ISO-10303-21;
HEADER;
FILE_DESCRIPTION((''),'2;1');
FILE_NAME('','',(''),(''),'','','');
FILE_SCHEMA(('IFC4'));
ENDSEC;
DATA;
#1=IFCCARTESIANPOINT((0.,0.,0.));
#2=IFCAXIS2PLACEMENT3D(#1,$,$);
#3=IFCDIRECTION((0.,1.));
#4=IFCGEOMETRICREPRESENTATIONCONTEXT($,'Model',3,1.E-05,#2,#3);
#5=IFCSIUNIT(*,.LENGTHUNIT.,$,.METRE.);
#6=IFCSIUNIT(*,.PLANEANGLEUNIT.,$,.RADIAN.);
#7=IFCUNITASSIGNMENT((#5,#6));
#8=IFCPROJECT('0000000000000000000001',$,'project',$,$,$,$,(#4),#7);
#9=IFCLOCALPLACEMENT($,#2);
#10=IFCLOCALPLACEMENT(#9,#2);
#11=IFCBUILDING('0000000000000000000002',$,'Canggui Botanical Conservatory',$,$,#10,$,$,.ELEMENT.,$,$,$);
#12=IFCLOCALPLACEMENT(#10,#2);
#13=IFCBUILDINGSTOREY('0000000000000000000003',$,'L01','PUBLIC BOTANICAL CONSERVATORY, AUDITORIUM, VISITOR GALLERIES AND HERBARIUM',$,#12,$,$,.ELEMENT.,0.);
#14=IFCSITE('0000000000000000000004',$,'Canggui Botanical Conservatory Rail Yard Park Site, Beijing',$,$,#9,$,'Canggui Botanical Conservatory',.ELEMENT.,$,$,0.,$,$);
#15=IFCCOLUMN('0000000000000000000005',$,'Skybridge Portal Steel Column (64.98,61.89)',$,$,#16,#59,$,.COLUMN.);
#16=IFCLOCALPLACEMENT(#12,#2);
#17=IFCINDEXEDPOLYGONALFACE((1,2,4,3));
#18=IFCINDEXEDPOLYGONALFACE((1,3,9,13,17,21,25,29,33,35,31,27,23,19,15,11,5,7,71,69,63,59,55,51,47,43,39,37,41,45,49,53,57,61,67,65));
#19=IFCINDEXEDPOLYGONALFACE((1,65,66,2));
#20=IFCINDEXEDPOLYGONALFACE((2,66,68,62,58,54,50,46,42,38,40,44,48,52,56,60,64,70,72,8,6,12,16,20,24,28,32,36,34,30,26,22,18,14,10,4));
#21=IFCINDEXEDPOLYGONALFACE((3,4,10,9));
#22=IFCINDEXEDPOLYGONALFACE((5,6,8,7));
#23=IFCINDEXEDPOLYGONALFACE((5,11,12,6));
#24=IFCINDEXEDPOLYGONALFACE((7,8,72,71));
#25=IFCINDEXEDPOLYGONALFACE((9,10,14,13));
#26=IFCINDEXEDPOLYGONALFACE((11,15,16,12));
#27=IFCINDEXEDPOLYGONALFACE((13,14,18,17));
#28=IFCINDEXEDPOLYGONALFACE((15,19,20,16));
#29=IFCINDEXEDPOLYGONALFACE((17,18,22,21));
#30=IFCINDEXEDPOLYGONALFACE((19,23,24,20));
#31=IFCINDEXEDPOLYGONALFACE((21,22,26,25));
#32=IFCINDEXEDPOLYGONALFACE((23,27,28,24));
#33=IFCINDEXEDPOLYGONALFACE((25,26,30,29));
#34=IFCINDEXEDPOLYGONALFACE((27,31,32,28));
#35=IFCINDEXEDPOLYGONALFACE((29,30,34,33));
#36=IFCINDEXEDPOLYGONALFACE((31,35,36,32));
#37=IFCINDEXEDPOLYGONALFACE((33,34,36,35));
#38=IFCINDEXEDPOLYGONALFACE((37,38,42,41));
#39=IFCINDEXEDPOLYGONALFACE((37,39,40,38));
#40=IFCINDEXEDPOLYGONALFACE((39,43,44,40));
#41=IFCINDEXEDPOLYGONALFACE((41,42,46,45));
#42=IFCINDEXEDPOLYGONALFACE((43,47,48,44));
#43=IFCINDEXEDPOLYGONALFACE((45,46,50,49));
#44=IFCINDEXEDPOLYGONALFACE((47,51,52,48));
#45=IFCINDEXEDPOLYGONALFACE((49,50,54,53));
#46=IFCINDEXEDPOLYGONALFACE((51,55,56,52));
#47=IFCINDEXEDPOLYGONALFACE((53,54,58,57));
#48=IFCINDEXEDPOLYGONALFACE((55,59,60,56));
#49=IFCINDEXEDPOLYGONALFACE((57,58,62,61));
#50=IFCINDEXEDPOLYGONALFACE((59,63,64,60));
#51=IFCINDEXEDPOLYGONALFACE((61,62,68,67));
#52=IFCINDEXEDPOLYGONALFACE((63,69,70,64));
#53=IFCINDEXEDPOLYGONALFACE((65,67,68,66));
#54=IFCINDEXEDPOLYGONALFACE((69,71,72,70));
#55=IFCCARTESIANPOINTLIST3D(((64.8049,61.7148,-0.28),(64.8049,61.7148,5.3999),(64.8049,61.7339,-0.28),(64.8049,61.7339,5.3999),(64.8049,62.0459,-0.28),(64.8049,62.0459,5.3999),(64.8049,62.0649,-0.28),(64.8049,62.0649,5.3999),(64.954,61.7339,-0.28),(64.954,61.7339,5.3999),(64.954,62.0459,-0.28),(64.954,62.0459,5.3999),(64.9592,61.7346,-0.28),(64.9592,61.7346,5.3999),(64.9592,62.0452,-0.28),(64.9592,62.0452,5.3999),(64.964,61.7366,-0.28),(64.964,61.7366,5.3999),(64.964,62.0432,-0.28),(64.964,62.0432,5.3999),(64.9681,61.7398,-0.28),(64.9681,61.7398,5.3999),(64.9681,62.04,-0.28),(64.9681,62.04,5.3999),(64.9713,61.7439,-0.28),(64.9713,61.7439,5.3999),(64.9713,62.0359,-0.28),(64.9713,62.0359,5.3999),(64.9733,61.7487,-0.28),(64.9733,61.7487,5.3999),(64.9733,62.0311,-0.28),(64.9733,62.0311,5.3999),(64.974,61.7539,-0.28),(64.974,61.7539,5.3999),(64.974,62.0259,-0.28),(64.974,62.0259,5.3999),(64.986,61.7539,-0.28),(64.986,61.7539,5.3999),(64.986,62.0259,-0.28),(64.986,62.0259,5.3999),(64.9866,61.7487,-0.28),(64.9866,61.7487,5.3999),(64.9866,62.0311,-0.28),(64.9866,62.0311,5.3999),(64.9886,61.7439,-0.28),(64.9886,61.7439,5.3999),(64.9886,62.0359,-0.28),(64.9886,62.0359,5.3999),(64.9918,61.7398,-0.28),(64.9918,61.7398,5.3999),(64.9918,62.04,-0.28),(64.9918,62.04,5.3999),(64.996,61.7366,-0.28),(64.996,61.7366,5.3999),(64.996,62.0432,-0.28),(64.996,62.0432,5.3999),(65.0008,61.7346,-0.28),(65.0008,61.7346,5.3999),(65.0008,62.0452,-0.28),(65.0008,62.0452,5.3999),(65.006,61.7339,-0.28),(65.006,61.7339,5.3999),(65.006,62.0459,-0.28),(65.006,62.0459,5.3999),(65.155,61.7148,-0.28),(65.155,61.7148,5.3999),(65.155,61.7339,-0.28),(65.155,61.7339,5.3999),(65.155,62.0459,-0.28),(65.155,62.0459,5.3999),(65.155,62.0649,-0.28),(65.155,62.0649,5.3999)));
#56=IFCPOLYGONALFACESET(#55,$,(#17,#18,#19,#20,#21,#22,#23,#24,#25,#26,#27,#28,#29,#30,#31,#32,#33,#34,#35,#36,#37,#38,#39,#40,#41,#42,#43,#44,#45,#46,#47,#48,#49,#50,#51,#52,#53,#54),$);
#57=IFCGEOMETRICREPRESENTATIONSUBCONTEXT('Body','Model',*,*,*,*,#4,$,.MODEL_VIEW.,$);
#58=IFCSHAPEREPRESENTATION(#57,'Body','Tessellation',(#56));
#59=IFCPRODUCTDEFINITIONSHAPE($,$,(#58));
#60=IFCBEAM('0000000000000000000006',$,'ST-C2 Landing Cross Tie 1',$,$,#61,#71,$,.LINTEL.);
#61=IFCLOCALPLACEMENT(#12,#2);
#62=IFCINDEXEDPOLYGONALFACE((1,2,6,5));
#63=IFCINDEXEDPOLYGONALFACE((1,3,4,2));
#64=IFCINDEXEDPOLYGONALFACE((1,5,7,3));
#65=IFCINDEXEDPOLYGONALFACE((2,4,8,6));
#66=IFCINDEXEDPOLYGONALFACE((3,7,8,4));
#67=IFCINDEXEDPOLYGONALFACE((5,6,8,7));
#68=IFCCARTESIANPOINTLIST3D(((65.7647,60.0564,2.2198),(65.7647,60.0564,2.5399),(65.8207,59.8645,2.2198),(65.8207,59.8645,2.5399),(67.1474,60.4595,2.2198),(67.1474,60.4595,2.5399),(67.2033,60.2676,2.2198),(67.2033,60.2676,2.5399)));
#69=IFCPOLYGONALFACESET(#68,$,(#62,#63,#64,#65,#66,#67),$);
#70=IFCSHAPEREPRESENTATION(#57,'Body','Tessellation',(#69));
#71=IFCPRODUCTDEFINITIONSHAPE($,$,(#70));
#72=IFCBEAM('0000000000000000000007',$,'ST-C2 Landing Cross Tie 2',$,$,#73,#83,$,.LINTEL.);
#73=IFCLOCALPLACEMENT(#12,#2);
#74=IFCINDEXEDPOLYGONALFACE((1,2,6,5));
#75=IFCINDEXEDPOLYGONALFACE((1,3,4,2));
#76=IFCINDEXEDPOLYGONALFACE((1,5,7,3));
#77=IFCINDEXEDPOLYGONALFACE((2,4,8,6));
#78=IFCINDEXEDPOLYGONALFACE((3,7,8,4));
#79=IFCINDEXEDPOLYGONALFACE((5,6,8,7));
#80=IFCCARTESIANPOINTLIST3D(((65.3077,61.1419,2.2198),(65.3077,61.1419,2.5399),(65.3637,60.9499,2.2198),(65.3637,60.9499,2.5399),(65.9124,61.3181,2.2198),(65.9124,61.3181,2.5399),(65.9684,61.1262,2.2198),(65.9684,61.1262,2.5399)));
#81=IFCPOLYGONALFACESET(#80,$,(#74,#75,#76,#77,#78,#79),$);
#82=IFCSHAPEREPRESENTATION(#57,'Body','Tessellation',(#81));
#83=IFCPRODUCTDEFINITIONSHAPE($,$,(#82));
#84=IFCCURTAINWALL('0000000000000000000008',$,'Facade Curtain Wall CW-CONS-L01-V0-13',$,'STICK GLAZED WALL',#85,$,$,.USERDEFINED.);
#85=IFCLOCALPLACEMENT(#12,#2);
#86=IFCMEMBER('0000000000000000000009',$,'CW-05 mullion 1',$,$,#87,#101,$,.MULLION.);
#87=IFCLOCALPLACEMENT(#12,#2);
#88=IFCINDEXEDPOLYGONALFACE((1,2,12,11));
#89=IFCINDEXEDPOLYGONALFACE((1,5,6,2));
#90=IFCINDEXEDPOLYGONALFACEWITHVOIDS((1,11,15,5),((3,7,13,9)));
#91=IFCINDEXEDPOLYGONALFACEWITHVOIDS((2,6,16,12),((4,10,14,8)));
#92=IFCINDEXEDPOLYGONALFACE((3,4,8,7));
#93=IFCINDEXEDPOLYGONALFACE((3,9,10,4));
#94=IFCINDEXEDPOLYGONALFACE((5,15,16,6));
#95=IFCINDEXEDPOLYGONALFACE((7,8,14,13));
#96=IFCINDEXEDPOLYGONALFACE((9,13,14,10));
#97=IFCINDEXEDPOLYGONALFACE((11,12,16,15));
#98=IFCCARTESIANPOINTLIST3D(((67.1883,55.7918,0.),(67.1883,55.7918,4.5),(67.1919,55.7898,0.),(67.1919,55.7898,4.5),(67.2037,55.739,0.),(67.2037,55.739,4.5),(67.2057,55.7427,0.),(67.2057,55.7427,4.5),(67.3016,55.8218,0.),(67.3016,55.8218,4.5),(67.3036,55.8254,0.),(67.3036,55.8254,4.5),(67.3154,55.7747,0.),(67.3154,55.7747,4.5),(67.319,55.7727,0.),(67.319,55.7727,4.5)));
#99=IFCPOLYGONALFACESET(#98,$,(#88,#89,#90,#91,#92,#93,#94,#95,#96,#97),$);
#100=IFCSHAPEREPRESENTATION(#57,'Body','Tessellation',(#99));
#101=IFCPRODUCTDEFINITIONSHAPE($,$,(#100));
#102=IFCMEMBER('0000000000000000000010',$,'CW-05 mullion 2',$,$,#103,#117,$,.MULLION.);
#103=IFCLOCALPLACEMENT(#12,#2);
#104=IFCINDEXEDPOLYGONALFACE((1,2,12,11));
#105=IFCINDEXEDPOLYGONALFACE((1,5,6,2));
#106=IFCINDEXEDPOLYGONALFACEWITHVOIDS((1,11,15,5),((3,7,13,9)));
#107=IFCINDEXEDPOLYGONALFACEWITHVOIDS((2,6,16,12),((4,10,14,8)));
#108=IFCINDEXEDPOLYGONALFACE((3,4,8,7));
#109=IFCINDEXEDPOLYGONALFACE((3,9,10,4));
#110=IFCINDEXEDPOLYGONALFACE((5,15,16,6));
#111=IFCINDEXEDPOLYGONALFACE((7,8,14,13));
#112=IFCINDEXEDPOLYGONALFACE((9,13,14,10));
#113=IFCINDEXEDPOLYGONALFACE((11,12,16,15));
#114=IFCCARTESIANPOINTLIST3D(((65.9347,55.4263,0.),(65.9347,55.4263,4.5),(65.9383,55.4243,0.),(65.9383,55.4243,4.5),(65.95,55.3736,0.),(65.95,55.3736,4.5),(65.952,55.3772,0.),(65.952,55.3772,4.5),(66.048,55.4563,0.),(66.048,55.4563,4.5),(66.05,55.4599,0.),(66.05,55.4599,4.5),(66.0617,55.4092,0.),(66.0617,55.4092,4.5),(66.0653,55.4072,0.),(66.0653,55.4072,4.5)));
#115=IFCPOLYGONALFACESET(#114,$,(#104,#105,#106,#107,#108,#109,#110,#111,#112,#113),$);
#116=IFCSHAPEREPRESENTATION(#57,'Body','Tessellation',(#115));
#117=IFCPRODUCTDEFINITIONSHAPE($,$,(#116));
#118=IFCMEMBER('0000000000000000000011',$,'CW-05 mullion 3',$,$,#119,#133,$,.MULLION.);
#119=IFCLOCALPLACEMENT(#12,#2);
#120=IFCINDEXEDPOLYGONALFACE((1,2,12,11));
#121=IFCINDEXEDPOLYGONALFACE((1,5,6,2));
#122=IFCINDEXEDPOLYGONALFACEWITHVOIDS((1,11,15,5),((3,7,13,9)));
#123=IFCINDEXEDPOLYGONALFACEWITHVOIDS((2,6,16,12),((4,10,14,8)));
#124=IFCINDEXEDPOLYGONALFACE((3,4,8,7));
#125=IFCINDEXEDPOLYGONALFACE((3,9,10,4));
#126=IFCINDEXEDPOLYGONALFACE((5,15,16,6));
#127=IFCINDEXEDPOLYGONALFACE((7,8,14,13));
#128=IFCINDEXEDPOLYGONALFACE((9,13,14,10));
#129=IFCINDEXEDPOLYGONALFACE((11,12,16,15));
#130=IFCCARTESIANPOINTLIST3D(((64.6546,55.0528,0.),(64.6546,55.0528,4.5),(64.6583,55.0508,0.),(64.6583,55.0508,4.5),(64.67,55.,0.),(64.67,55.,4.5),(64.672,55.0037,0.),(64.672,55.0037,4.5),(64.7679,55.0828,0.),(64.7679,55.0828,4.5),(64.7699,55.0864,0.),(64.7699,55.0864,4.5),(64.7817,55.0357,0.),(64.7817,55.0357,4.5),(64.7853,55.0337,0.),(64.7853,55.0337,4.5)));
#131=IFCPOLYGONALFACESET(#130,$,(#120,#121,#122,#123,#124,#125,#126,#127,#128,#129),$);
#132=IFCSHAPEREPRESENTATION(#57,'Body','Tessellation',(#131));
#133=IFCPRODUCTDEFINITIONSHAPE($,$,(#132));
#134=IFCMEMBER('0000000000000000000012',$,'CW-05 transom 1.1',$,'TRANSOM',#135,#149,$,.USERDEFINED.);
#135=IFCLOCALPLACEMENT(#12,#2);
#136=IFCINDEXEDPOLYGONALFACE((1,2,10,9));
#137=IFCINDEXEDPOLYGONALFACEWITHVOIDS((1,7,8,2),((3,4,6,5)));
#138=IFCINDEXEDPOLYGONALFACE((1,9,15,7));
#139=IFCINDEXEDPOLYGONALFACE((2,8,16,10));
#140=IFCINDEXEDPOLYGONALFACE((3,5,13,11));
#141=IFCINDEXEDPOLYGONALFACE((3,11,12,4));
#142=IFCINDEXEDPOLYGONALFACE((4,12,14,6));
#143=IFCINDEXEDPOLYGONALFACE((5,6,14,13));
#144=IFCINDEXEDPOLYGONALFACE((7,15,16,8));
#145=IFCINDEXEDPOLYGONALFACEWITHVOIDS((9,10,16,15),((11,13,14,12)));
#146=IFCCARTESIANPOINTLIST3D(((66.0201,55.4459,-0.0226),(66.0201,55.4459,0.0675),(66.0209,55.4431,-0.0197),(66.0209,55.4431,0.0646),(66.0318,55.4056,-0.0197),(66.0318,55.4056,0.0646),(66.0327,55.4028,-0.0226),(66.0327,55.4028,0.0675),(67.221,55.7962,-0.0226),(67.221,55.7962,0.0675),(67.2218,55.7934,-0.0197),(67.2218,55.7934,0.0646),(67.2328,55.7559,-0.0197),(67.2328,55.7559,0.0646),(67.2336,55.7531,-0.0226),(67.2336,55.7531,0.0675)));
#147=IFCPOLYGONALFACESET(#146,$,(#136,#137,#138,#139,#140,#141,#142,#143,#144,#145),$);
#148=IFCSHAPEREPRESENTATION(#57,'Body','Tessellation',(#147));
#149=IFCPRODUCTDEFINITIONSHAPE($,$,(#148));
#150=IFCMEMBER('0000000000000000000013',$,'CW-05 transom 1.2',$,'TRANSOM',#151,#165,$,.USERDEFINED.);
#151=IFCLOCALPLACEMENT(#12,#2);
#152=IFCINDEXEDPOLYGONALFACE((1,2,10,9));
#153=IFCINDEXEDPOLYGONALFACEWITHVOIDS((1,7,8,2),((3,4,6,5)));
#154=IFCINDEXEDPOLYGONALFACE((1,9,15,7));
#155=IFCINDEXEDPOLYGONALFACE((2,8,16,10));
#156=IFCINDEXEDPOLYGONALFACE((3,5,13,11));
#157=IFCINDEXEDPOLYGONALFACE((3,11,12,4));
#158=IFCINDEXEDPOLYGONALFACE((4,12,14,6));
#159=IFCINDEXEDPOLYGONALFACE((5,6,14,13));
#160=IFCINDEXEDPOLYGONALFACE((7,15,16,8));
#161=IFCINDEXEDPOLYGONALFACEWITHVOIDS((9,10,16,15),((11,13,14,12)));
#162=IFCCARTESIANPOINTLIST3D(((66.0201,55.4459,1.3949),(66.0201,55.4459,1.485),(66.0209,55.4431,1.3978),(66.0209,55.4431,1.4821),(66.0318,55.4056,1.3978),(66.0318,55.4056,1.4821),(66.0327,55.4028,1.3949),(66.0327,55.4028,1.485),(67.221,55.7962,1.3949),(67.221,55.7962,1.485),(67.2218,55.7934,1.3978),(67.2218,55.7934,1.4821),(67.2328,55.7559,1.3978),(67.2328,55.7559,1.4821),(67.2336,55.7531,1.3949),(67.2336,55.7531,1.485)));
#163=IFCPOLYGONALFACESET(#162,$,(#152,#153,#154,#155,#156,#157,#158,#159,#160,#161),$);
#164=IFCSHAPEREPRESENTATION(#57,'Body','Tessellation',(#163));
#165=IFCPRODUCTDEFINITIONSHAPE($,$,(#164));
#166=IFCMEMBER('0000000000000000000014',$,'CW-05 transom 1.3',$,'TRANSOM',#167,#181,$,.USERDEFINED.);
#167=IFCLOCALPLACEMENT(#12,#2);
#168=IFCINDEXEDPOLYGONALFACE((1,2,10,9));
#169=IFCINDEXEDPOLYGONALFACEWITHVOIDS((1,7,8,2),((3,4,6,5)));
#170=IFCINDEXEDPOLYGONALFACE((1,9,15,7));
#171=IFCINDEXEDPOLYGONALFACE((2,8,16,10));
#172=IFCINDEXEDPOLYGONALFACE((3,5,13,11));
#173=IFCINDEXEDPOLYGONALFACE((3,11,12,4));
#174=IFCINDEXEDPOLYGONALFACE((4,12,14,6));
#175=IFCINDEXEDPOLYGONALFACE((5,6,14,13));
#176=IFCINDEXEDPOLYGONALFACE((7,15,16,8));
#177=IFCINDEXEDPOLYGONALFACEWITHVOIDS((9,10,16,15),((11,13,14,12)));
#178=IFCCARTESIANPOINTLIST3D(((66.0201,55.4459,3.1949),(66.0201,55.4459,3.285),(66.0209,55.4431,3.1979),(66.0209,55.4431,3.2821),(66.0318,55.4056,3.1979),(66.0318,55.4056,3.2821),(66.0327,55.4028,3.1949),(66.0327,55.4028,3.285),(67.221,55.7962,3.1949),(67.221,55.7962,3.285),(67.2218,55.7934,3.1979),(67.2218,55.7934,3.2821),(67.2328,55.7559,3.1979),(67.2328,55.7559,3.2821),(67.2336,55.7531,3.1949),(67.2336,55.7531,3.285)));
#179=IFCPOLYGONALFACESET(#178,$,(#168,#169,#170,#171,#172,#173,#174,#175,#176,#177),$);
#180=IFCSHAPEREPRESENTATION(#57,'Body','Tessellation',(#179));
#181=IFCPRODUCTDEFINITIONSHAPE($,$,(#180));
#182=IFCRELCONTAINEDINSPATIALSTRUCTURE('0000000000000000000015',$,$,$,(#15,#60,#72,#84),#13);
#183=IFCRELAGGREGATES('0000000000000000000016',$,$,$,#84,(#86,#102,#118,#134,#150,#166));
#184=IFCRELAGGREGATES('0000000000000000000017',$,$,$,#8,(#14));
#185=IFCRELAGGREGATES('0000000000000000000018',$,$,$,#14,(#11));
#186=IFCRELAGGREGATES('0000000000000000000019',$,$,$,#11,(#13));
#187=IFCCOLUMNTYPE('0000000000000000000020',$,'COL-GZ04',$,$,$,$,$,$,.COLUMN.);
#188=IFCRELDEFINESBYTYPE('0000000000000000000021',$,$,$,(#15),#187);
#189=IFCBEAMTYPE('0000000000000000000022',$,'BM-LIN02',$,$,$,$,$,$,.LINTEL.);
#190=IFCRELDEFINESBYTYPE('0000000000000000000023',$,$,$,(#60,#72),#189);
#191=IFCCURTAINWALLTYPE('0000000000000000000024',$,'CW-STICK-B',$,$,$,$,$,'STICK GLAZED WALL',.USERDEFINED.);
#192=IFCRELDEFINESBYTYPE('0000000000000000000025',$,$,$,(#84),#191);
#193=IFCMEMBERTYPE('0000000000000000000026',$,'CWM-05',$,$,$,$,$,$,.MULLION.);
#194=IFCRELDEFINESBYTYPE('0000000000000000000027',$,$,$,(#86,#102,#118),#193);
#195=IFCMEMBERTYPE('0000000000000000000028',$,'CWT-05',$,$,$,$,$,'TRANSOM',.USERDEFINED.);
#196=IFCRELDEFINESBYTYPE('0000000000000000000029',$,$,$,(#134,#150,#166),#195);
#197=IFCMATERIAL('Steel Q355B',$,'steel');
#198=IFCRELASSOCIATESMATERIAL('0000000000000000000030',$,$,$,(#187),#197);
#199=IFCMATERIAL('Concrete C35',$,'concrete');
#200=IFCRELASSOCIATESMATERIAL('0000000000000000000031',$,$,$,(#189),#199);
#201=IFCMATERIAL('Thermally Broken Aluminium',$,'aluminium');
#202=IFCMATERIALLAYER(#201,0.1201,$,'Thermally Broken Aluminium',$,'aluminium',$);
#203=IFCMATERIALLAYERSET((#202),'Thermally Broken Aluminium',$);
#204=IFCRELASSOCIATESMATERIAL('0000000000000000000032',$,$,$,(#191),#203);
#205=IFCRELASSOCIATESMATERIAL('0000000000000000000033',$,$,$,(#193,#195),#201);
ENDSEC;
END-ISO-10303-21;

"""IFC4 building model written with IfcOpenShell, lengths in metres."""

from ifc_helpers import new_model, si_unit, direction, frame, origin, origin_2d, place, context, subcontext, project, spatial, rectangle, hollow_rectangle, i_section, extrude, material, layer, layer_set, material_profile, profile_set, type_object, element, aggregate, save


model = new_model("IFC4")

# Units and contexts
model_context = context("Model", 3, precision=1e-05, world=origin(), true_north=direction((0.0, 1.0)))
body_context = subcontext(model_context, "Body", "Model", "MODEL_VIEW")
ifc_project = project(units=[si_unit("LENGTHUNIT", "METRE"), si_unit("PLANEANGLEUNIT", "RADIAN")], contexts=[model_context])

# Site, building, storey
site_placement = place(None, origin())
site = spatial("IfcSite", under=ifc_project, at=site_placement, Name="Canggui Botanical Conservatory Rail Yard Park Site, Beijing", LongName="Canggui Botanical Conservatory", CompositionType="ELEMENT", RefElevation=0.0)
building_placement = place(site_placement, origin())
building = spatial("IfcBuilding", under=site, at=building_placement, Name="Canggui Botanical Conservatory", CompositionType="ELEMENT")
storey_placement = place(building_placement, origin())
storey = spatial("IfcBuildingStorey", under=building, at=storey_placement, Name="L01", Description="PUBLIC BOTANICAL CONSERVATORY, AUDITORIUM, VISITOR GALLERIES AND HERBARIUM", CompositionType="ELEMENT", Elevation=0.0)

# Shared definitions
ifc_material_1 = material(Name="Concrete C35", Category="concrete")

# Column
ifc_material_2 = material(Name="Steel Q355B", Category="steel")
ifc_material_profile_1 = material_profile(ifc_material_2, i_section(OverallWidth=0.3501, OverallDepth=0.3501, WebThickness=0.012, FlangeThickness=0.019, FilletRadius=0.02, at=origin_2d()), Name="HW 350x350x12x19")
ifc_profile_set_1 = profile_set([ifc_material_profile_1], Name="Steel Q355B")
column_type = type_object("IfcColumnType", Name="COL-GZ04", PredefinedType="COLUMN", material=ifc_profile_set_1)
column_placement = place(storey_placement, frame((64.98, 61.8899, -0.28), z_axis=(0.0, 0.0, 1.0), x_axis=(1.0, 0.0, 0.0)))
element("IfcColumn", 1, at=column_placement, inside=storey, type_object=column_type, Name="Skybridge Portal Steel Column (64.98,61.89)", PredefinedType="COLUMN", context=body_context, shape_type="SweptSolid", body=[
    extrude(i_section(OverallWidth=0.3501, OverallDepth=0.3501, WebThickness=0.012, FlangeThickness=0.019, FilletRadius=0.02, at=origin_2d()), origin(), (0.0, 0.0, 1.0), 5.6799),
])

# Beams
ifc_material_profile_2 = material_profile(ifc_material_1, rectangle(XDim=0.2, YDim=0.3201, at=origin_2d()), Name="RB 200x320")
ifc_profile_set_2 = profile_set([ifc_material_profile_2], Name="Concrete C35")
beam_type = type_object("IfcBeamType", Name="BM-LIN02", PredefinedType="LINTEL", material=ifc_profile_set_2)
beam_1_placement = place(storey_placement, frame((65.7927, 59.9604, 2.3799), z_axis=(0.960032, 0.279889, 0.0), x_axis=(-0.279889, 0.960032, 0.0)))
element("IfcBeam", 2, at=beam_1_placement, inside=storey, type_object=beam_type, Name="ST-C2 Landing Cross Tie 1", PredefinedType="LINTEL", context=body_context, shape_type="SweptSolid", body=[
    extrude(rectangle(XDim=0.2, YDim=0.3201, at=origin_2d()), origin(), (0.0, 0.0, 1.0), 1.4402),
])
beam_2_placement = place(storey_placement, frame((65.3357, 61.0459, 2.3799), z_axis=(0.960048, 0.279836, 0.0), x_axis=(-0.279836, 0.960048, 0.0)))
element("IfcBeam", 3, at=beam_2_placement, inside=storey, type_object=beam_type, Name="ST-C2 Landing Cross Tie 2", PredefinedType="LINTEL", context=body_context, shape_type="SweptSolid", body=[
    extrude(rectangle(XDim=0.2, YDim=0.3201, at=origin_2d()), origin(), (0.0, 0.0, 1.0), 0.6299),
])

# Curtain wall, members
ifc_material_3 = material(Name="Thermally Broken Aluminium", Category="aluminium")
ifc_layer_1 = layer(ifc_material_3, 0.1201, Name="Thermally Broken Aluminium", Category="aluminium")
ifc_layer_set_1 = layer_set([ifc_layer_1], Name="Thermally Broken Aluminium")
curtain_wall_type = type_object("IfcCurtainWallType", Name="CW-STICK-B", ElementType="STICK GLAZED WALL", PredefinedType="USERDEFINED", material=ifc_layer_set_1)
curtain_wall_placement = place(storey_placement, origin())
curtain_wall = element("IfcCurtainWall", 4, at=curtain_wall_placement, inside=storey, type_object=curtain_wall_type, Name="Facade Curtain Wall CW-CONS-L01-V0-13", ObjectType="STICK GLAZED WALL", PredefinedType="USERDEFINED")
ifc_material_profile_3 = material_profile(ifc_material_3, hollow_rectangle(XDim=0.0549, YDim=0.1201, WallThickness=0.0029, at=origin_2d()), Name="CWM 55x120x3")
ifc_profile_set_3 = profile_set([ifc_material_profile_3], Name="Thermally Broken Aluminium")
member_type_1 = type_object("IfcMemberType", Name="CWM-05", PredefinedType="MULLION", material=ifc_profile_set_3)
member_1_placement = place(storey_placement, frame((67.2537, 55.7822, 0.0), z_axis=(0.0, 0.0, 1.0), x_axis=(0.28, -0.96, 0.0)))
member_1 = element("IfcMember", 5, at=member_1_placement, type_object=member_type_1, Name="CW-05 mullion 1", PredefinedType="MULLION", context=body_context, shape_type="SweptSolid", body=[
    extrude(hollow_rectangle(XDim=0.0549, YDim=0.1201, WallThickness=0.0029, at=origin_2d()), origin(), (0.0, 0.0, 1.0), 4.5),
])
member_2_placement = place(storey_placement, frame((66.0, 55.4167, 0.0), z_axis=(0.0, 0.0, 1.0), x_axis=(0.28, -0.96, 0.0)))
member_2 = element("IfcMember", 6, at=member_2_placement, type_object=member_type_1, Name="CW-05 mullion 2", PredefinedType="MULLION", context=body_context, shape_type="SweptSolid", body=[
    extrude(hollow_rectangle(XDim=0.0549, YDim=0.1201, WallThickness=0.0029, at=origin_2d()), origin(), (0.0, 0.0, 1.0), 4.5),
])
member_3_placement = place(storey_placement, frame((64.72, 55.0432, 0.0), z_axis=(0.0, 0.0, 1.0), x_axis=(0.28, -0.96, 0.0)))
member_3 = element("IfcMember", 7, at=member_3_placement, type_object=member_type_1, Name="CW-05 mullion 3", PredefinedType="MULLION", context=body_context, shape_type="SweptSolid", body=[
    extrude(hollow_rectangle(XDim=0.0549, YDim=0.1201, WallThickness=0.0029, at=origin_2d()), origin(), (0.0, 0.0, 1.0), 4.5),
])
ifc_material_profile_4 = material_profile(ifc_material_3, hollow_rectangle(XDim=0.0449, YDim=0.0901, WallThickness=0.0029, at=origin_2d()), Name="CWT 45x90x3")
ifc_profile_set_4 = profile_set([ifc_material_profile_4], Name="Thermally Broken Aluminium")
member_type_2 = type_object("IfcMemberType", Name="CWT-05", ElementType="TRANSOM", PredefinedType="USERDEFINED", material=ifc_profile_set_4)
member_4_placement = place(storey_placement, frame((67.2273, 55.7747, 0.0225), z_axis=(-0.959985, -0.280052, 0.0), x_axis=(0.280052, -0.959985, 0.0)))
member_4 = element("IfcMember", 8, at=member_4_placement, type_object=member_type_2, Name="CW-05 transom 1.1", ObjectType="TRANSOM", PredefinedType="USERDEFINED", context=body_context, shape_type="SweptSolid", body=[
    extrude(hollow_rectangle(XDim=0.0449, YDim=0.0901, WallThickness=0.0029, at=origin_2d()), origin(), (0.0, 0.0, 1.0), 1.251),
])
member_5_placement = place(storey_placement, frame((67.2273, 55.7747, 1.4399), z_axis=(-0.959985, -0.280052, 0.0), x_axis=(0.280052, -0.959985, 0.0)))
member_5 = element("IfcMember", 9, at=member_5_placement, type_object=member_type_2, Name="CW-05 transom 1.2", ObjectType="TRANSOM", PredefinedType="USERDEFINED", context=body_context, shape_type="SweptSolid", body=[
    extrude(hollow_rectangle(XDim=0.0449, YDim=0.0901, WallThickness=0.0029, at=origin_2d()), origin(), (0.0, 0.0, 1.0), 1.251),
])
member_6_placement = place(storey_placement, frame((67.2273, 55.7747, 3.24), z_axis=(-0.959985, -0.280052, 0.0), x_axis=(0.280052, -0.959985, 0.0)))
member_6 = element("IfcMember", 10, at=member_6_placement, type_object=member_type_2, Name="CW-05 transom 1.3", ObjectType="TRANSOM", PredefinedType="USERDEFINED", context=body_context, shape_type="SweptSolid", body=[
    extrude(hollow_rectangle(XDim=0.0449, YDim=0.0901, WallThickness=0.0029, at=origin_2d()), origin(), (0.0, 0.0, 1.0), 1.251),
])
aggregate(curtain_wall, [member_1, member_2, member_3, member_4, member_5, member_6])

save(model, "model.ifc")
